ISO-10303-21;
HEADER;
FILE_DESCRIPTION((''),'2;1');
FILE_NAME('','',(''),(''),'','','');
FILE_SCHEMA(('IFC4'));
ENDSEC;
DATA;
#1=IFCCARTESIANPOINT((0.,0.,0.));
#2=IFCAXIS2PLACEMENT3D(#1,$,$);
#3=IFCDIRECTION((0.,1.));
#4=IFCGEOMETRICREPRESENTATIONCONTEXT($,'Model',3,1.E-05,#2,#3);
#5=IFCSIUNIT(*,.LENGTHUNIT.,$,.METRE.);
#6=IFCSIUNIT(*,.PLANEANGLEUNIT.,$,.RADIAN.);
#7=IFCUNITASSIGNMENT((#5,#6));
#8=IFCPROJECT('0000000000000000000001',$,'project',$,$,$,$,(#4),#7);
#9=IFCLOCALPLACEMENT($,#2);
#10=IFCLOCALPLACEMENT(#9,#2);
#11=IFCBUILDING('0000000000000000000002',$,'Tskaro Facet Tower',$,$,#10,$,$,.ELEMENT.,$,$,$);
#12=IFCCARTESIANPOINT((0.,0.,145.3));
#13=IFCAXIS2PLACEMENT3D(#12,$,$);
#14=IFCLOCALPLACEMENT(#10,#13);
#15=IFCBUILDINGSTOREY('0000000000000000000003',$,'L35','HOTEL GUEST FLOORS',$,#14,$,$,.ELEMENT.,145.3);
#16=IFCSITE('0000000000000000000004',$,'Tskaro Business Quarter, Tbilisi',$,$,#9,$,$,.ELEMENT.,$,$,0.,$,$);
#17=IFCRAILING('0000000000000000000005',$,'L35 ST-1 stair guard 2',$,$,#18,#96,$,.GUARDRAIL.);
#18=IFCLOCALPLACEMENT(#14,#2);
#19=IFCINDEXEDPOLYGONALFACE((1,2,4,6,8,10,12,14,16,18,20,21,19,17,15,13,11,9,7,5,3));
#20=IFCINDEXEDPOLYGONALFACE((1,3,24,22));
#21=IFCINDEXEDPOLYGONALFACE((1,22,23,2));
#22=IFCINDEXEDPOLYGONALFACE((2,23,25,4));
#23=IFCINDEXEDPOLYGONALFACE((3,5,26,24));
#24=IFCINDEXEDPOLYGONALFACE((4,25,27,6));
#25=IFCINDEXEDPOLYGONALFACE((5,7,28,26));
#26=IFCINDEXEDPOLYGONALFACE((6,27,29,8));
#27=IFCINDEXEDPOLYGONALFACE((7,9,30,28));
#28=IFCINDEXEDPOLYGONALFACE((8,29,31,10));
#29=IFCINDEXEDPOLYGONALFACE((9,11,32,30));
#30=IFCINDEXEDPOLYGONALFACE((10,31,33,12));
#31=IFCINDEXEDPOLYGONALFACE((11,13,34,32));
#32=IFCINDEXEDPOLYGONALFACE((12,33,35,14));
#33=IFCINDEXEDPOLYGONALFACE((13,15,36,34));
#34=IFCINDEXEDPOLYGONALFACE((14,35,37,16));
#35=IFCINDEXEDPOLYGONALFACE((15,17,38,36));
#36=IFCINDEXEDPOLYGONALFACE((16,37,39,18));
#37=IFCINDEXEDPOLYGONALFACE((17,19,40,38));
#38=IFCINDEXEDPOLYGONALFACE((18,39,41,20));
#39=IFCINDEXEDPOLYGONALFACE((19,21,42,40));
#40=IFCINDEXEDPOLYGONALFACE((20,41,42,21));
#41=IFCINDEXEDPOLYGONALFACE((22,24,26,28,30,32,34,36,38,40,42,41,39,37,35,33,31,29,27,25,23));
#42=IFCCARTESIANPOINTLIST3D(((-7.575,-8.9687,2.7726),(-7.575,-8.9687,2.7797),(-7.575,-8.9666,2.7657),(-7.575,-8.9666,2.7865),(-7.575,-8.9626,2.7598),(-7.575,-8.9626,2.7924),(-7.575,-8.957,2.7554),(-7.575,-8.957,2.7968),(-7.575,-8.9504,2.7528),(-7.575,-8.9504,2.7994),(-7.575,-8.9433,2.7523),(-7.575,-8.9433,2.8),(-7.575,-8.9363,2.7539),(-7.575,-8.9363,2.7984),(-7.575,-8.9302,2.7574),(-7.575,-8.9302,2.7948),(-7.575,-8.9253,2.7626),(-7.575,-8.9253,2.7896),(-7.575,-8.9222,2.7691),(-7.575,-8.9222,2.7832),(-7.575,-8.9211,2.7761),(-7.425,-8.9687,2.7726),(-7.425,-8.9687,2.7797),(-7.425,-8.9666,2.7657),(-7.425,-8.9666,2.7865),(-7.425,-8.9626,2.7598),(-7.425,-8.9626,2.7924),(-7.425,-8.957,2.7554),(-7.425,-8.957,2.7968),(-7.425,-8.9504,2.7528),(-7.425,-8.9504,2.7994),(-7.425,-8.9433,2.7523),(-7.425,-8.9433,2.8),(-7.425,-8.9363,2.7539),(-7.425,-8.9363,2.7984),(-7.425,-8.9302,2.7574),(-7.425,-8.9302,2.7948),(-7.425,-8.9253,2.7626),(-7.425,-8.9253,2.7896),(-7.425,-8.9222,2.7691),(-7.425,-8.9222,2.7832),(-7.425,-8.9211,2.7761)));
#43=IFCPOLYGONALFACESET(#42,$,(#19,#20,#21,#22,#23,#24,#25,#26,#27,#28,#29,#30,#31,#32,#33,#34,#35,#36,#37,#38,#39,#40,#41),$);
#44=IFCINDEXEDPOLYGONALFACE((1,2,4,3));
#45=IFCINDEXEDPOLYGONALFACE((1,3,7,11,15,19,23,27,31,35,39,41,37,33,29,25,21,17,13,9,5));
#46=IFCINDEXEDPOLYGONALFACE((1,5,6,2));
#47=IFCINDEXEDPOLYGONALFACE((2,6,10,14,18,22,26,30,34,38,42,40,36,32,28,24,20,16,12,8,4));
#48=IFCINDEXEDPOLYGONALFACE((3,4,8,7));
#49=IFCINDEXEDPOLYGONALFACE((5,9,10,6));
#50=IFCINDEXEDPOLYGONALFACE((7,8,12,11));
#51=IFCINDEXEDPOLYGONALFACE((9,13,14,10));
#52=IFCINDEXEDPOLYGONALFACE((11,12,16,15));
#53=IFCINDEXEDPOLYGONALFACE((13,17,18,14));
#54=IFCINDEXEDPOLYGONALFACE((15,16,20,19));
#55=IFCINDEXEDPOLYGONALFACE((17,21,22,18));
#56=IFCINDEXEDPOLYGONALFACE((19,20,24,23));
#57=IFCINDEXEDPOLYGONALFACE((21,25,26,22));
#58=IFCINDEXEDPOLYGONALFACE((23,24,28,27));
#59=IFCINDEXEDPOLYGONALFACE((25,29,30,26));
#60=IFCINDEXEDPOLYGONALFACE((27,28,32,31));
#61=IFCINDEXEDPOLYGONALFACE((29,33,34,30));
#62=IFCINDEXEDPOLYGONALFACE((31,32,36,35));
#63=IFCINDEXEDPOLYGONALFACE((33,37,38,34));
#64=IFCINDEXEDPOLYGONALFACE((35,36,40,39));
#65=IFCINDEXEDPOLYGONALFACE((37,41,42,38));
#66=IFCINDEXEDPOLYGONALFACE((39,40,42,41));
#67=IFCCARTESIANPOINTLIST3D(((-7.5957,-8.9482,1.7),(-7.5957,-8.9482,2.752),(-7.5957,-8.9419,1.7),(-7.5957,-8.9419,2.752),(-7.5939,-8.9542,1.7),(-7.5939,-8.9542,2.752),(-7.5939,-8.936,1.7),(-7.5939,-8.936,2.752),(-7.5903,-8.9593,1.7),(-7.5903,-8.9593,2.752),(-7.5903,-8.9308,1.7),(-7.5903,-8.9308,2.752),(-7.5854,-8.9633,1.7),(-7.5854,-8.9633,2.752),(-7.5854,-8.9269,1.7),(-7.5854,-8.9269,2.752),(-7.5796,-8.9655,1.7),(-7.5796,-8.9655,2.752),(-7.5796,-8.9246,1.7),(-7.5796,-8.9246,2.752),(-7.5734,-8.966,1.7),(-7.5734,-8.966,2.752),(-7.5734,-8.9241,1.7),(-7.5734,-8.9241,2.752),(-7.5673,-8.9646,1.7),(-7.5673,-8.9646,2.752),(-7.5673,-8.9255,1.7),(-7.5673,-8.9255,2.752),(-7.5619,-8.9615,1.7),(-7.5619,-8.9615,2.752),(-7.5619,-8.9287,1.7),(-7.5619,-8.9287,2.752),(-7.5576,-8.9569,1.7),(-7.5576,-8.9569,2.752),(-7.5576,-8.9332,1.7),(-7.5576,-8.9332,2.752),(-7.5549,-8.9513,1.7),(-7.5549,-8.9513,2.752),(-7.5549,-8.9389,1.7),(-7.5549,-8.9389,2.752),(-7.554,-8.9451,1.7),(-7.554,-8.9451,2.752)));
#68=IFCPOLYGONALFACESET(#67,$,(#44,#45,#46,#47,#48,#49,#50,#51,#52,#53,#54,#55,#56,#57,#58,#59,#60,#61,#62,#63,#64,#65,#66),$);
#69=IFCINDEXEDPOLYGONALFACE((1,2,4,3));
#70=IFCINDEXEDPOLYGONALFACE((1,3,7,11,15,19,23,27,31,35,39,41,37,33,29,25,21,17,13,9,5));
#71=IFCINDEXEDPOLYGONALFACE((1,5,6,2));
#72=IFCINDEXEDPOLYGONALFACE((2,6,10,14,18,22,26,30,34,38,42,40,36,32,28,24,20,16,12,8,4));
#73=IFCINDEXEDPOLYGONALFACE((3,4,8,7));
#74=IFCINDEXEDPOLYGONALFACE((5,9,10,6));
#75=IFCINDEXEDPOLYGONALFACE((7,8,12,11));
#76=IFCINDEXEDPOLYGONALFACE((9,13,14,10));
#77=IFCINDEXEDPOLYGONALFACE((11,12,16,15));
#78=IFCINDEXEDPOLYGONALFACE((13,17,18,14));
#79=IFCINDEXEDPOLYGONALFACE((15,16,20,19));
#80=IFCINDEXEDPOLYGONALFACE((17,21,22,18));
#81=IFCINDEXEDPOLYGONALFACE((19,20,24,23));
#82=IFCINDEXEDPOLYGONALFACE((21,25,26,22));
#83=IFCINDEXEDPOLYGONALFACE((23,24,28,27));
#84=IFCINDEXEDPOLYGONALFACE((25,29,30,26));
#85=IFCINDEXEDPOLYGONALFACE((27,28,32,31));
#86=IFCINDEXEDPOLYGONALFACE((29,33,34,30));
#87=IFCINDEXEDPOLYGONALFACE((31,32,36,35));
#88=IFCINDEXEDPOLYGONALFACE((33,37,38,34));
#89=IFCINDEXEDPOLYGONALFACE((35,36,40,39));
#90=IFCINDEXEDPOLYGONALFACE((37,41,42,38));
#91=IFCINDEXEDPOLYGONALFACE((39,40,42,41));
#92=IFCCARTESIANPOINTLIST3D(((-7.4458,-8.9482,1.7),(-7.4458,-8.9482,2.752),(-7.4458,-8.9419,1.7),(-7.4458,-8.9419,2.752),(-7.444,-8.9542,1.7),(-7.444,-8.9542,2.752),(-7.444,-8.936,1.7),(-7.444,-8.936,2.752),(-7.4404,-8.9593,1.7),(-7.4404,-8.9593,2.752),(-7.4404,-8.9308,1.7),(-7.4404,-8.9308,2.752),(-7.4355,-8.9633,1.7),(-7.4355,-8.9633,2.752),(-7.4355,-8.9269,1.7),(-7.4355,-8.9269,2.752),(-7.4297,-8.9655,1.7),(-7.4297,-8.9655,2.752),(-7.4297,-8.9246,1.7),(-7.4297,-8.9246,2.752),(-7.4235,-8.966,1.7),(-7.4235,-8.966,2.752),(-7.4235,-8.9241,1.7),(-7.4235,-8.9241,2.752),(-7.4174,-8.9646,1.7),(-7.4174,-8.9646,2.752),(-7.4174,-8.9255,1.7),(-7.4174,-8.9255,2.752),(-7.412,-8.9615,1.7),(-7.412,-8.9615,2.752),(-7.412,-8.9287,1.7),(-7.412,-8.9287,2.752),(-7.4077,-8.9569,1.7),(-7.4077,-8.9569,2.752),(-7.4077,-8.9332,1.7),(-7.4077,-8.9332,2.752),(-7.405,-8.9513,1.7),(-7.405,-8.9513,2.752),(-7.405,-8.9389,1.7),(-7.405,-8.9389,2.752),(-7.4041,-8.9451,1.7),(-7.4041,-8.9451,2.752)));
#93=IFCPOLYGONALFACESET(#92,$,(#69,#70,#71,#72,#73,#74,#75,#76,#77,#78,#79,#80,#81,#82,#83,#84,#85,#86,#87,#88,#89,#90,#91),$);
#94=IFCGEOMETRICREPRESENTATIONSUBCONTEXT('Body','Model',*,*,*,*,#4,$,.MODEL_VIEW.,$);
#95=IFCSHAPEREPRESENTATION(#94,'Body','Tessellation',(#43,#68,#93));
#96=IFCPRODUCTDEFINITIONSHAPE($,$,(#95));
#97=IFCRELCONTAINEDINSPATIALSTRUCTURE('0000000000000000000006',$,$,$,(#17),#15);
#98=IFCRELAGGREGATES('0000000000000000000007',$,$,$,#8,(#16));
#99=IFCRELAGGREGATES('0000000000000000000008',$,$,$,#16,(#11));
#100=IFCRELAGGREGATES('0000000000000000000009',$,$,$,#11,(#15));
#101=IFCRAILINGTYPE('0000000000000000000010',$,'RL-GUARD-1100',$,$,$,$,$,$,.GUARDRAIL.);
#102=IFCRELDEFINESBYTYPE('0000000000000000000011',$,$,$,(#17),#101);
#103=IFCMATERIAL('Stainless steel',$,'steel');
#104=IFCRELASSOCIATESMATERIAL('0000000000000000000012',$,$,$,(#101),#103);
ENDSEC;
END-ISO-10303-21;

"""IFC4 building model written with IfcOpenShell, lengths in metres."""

from ifc_helpers import new_model, si_unit, direction, frame, origin, origin_2d, place, context, subcontext, project, spatial, circle, extrude, material, type_object, element, save


model = new_model("IFC4")

# Units and contexts
model_context = context("Model", 3, precision=1e-05, world=origin(), true_north=direction((0.0, 1.0)))
body_context = subcontext(model_context, "Body", "Model", "MODEL_VIEW")
ifc_project = project(units=[si_unit("LENGTHUNIT", "METRE"), si_unit("PLANEANGLEUNIT", "RADIAN")], contexts=[model_context])

# Site, building, storey
site_placement = place(None, origin())
site = spatial("IfcSite", under=ifc_project, at=site_placement, Name="Tskaro Business Quarter, Tbilisi", CompositionType="ELEMENT", RefElevation=0.0)
building_placement = place(site_placement, origin())
building = spatial("IfcBuilding", under=site, at=building_placement, Name="Tskaro Facet Tower", CompositionType="ELEMENT")
storey_placement = place(building_placement, frame((0.0, 0.0, 145.3)))
storey = spatial("IfcBuildingStorey", under=building, at=storey_placement, Name="L35", Description="HOTEL GUEST FLOORS", CompositionType="ELEMENT", Elevation=145.3)

# Shared definitions
ifc_material_1 = material(Name="Stainless steel", Category="steel")

# Railing
railing_type_1 = type_object("IfcRailingType", Name="RL-GUARD-1100", PredefinedType="GUARDRAIL", material=ifc_material_1)
railing_1_placement = place(storey_placement, frame((-7.575, -8.9451, 1.7)))
element("IfcRailing", 1, at=railing_1_placement, inside=storey, type_object=railing_type_1, Name="L35 ST-1 stair guard 2", PredefinedType="GUARDRAIL", context=body_context, shape_type="SweptSolid", body=[
    extrude(circle(Radius=0.0239, at=origin_2d()), frame((0.0, 0.0, 1.0762), z_axis=(1.0, 0.0, 0.0), x_axis=(0.0, 1.0, 0.0)), (0.0, 0.0, 1.0), 0.1499),
    extrude(circle(Radius=0.021, at=origin_2d()), origin(), (0.0, 0.0, 1.0), 1.052),
    extrude(circle(Radius=0.021, at=origin_2d()), frame((0.1499, 0.0, 0.0)), (0.0, 0.0, 1.0), 1.052),
])

save(model, "model.ifc")
